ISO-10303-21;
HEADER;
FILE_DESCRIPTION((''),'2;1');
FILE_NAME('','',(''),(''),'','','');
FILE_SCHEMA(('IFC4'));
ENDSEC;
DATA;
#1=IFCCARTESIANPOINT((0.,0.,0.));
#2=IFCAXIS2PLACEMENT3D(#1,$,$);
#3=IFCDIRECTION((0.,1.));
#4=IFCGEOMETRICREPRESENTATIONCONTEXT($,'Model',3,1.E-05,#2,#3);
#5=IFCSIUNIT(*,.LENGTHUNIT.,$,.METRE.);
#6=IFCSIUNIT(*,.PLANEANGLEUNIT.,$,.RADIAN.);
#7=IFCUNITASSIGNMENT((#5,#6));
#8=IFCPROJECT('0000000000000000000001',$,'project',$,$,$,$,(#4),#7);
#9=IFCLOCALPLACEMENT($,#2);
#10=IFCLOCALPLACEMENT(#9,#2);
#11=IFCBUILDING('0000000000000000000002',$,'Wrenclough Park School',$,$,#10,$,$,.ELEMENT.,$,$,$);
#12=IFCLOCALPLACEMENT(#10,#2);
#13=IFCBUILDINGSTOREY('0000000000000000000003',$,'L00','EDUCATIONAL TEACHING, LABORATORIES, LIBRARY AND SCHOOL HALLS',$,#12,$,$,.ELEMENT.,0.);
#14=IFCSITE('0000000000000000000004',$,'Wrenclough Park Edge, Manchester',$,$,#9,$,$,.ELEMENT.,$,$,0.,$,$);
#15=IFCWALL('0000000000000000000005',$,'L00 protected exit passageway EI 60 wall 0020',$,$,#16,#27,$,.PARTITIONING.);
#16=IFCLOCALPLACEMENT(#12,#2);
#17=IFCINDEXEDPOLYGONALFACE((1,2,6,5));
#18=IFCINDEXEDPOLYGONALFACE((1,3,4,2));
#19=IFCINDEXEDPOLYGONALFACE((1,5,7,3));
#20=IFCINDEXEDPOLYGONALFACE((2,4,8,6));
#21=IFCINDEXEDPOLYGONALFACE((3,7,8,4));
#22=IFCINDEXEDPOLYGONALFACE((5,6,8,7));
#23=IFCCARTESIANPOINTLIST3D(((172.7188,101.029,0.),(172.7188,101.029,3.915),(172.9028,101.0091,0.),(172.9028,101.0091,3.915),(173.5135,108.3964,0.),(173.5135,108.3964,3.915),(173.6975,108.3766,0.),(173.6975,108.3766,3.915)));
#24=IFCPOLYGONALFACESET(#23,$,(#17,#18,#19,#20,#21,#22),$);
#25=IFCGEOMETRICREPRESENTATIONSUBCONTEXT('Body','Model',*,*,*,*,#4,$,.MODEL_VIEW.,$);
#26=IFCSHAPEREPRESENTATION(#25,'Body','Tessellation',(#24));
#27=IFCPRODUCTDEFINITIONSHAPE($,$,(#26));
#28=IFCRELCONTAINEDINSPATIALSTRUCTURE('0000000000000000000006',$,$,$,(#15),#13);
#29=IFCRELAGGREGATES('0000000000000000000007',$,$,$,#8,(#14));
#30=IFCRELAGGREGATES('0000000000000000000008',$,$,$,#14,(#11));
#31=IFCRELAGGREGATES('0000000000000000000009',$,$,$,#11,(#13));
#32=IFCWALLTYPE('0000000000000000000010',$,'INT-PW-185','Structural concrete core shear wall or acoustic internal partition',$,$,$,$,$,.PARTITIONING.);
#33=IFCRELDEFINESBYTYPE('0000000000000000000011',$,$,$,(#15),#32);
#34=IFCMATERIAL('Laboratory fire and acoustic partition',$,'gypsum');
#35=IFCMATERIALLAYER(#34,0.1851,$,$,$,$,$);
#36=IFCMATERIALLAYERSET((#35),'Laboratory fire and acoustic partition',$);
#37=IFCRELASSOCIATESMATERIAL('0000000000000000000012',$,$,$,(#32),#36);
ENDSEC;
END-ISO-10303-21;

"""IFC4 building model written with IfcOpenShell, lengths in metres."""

from ifc_helpers import new_model, si_unit, direction, frame, frame_2d, origin, place, context, subcontext, project, spatial, rectangle, extrude, material, layer, layer_set, type_object, element, save


model = new_model("IFC4")

# Units and contexts
model_context = context("Model", 3, precision=1e-05, world=origin(), true_north=direction((0.0, 1.0)))
body_context = subcontext(model_context, "Body", "Model", "MODEL_VIEW")
ifc_project = project(units=[si_unit("LENGTHUNIT", "METRE"), si_unit("PLANEANGLEUNIT", "RADIAN")], contexts=[model_context])

# Site, building, storey
site_placement = place(None, origin())
site = spatial("IfcSite", under=ifc_project, at=site_placement, Name="Wrenclough Park Edge, Manchester", CompositionType="ELEMENT", RefElevation=0.0)
building_placement = place(site_placement, origin())
building = spatial("IfcBuilding", under=site, at=building_placement, Name="Wrenclough Park School", CompositionType="ELEMENT")
storey_placement = place(building_placement, origin())
storey = spatial("IfcBuildingStorey", under=building, at=storey_placement, Name="L00", Description="EDUCATIONAL TEACHING, LABORATORIES, LIBRARY AND SCHOOL HALLS", CompositionType="ELEMENT", Elevation=0.0)

# Wall
ifc_material_1 = material(Name="Laboratory fire and acoustic partition", Category="gypsum")
ifc_layer_1 = layer(ifc_material_1, 0.1851)
ifc_layer_set_1 = layer_set([ifc_layer_1], Name="Laboratory fire and acoustic partition")
wall_type_1 = type_object("IfcWallType", Name="INT-PW-185", Description="Structural concrete core shear wall or acoustic internal partition", PredefinedType="PARTITIONING", material=ifc_layer_set_1)
wall_1_placement = place(storey_placement, frame((173.6055, 108.3865, 0.0), z_axis=(0.0, 0.0, 1.0), x_axis=(-0.107242, -0.994233, 0.0)))
element("IfcWall", 1, at=wall_1_placement, inside=storey, type_object=wall_type_1, Name="L00 protected exit passageway EI 60 wall 0020", PredefinedType="PARTITIONING", context=body_context, shape_type="SweptSolid", body=[
    extrude(rectangle(XDim=7.4102, YDim=0.1851, at=frame_2d((3.7051, 0.0))), origin(), (0.0, 0.0, 1.0), 3.915),
])

save(model, "model.ifc")
